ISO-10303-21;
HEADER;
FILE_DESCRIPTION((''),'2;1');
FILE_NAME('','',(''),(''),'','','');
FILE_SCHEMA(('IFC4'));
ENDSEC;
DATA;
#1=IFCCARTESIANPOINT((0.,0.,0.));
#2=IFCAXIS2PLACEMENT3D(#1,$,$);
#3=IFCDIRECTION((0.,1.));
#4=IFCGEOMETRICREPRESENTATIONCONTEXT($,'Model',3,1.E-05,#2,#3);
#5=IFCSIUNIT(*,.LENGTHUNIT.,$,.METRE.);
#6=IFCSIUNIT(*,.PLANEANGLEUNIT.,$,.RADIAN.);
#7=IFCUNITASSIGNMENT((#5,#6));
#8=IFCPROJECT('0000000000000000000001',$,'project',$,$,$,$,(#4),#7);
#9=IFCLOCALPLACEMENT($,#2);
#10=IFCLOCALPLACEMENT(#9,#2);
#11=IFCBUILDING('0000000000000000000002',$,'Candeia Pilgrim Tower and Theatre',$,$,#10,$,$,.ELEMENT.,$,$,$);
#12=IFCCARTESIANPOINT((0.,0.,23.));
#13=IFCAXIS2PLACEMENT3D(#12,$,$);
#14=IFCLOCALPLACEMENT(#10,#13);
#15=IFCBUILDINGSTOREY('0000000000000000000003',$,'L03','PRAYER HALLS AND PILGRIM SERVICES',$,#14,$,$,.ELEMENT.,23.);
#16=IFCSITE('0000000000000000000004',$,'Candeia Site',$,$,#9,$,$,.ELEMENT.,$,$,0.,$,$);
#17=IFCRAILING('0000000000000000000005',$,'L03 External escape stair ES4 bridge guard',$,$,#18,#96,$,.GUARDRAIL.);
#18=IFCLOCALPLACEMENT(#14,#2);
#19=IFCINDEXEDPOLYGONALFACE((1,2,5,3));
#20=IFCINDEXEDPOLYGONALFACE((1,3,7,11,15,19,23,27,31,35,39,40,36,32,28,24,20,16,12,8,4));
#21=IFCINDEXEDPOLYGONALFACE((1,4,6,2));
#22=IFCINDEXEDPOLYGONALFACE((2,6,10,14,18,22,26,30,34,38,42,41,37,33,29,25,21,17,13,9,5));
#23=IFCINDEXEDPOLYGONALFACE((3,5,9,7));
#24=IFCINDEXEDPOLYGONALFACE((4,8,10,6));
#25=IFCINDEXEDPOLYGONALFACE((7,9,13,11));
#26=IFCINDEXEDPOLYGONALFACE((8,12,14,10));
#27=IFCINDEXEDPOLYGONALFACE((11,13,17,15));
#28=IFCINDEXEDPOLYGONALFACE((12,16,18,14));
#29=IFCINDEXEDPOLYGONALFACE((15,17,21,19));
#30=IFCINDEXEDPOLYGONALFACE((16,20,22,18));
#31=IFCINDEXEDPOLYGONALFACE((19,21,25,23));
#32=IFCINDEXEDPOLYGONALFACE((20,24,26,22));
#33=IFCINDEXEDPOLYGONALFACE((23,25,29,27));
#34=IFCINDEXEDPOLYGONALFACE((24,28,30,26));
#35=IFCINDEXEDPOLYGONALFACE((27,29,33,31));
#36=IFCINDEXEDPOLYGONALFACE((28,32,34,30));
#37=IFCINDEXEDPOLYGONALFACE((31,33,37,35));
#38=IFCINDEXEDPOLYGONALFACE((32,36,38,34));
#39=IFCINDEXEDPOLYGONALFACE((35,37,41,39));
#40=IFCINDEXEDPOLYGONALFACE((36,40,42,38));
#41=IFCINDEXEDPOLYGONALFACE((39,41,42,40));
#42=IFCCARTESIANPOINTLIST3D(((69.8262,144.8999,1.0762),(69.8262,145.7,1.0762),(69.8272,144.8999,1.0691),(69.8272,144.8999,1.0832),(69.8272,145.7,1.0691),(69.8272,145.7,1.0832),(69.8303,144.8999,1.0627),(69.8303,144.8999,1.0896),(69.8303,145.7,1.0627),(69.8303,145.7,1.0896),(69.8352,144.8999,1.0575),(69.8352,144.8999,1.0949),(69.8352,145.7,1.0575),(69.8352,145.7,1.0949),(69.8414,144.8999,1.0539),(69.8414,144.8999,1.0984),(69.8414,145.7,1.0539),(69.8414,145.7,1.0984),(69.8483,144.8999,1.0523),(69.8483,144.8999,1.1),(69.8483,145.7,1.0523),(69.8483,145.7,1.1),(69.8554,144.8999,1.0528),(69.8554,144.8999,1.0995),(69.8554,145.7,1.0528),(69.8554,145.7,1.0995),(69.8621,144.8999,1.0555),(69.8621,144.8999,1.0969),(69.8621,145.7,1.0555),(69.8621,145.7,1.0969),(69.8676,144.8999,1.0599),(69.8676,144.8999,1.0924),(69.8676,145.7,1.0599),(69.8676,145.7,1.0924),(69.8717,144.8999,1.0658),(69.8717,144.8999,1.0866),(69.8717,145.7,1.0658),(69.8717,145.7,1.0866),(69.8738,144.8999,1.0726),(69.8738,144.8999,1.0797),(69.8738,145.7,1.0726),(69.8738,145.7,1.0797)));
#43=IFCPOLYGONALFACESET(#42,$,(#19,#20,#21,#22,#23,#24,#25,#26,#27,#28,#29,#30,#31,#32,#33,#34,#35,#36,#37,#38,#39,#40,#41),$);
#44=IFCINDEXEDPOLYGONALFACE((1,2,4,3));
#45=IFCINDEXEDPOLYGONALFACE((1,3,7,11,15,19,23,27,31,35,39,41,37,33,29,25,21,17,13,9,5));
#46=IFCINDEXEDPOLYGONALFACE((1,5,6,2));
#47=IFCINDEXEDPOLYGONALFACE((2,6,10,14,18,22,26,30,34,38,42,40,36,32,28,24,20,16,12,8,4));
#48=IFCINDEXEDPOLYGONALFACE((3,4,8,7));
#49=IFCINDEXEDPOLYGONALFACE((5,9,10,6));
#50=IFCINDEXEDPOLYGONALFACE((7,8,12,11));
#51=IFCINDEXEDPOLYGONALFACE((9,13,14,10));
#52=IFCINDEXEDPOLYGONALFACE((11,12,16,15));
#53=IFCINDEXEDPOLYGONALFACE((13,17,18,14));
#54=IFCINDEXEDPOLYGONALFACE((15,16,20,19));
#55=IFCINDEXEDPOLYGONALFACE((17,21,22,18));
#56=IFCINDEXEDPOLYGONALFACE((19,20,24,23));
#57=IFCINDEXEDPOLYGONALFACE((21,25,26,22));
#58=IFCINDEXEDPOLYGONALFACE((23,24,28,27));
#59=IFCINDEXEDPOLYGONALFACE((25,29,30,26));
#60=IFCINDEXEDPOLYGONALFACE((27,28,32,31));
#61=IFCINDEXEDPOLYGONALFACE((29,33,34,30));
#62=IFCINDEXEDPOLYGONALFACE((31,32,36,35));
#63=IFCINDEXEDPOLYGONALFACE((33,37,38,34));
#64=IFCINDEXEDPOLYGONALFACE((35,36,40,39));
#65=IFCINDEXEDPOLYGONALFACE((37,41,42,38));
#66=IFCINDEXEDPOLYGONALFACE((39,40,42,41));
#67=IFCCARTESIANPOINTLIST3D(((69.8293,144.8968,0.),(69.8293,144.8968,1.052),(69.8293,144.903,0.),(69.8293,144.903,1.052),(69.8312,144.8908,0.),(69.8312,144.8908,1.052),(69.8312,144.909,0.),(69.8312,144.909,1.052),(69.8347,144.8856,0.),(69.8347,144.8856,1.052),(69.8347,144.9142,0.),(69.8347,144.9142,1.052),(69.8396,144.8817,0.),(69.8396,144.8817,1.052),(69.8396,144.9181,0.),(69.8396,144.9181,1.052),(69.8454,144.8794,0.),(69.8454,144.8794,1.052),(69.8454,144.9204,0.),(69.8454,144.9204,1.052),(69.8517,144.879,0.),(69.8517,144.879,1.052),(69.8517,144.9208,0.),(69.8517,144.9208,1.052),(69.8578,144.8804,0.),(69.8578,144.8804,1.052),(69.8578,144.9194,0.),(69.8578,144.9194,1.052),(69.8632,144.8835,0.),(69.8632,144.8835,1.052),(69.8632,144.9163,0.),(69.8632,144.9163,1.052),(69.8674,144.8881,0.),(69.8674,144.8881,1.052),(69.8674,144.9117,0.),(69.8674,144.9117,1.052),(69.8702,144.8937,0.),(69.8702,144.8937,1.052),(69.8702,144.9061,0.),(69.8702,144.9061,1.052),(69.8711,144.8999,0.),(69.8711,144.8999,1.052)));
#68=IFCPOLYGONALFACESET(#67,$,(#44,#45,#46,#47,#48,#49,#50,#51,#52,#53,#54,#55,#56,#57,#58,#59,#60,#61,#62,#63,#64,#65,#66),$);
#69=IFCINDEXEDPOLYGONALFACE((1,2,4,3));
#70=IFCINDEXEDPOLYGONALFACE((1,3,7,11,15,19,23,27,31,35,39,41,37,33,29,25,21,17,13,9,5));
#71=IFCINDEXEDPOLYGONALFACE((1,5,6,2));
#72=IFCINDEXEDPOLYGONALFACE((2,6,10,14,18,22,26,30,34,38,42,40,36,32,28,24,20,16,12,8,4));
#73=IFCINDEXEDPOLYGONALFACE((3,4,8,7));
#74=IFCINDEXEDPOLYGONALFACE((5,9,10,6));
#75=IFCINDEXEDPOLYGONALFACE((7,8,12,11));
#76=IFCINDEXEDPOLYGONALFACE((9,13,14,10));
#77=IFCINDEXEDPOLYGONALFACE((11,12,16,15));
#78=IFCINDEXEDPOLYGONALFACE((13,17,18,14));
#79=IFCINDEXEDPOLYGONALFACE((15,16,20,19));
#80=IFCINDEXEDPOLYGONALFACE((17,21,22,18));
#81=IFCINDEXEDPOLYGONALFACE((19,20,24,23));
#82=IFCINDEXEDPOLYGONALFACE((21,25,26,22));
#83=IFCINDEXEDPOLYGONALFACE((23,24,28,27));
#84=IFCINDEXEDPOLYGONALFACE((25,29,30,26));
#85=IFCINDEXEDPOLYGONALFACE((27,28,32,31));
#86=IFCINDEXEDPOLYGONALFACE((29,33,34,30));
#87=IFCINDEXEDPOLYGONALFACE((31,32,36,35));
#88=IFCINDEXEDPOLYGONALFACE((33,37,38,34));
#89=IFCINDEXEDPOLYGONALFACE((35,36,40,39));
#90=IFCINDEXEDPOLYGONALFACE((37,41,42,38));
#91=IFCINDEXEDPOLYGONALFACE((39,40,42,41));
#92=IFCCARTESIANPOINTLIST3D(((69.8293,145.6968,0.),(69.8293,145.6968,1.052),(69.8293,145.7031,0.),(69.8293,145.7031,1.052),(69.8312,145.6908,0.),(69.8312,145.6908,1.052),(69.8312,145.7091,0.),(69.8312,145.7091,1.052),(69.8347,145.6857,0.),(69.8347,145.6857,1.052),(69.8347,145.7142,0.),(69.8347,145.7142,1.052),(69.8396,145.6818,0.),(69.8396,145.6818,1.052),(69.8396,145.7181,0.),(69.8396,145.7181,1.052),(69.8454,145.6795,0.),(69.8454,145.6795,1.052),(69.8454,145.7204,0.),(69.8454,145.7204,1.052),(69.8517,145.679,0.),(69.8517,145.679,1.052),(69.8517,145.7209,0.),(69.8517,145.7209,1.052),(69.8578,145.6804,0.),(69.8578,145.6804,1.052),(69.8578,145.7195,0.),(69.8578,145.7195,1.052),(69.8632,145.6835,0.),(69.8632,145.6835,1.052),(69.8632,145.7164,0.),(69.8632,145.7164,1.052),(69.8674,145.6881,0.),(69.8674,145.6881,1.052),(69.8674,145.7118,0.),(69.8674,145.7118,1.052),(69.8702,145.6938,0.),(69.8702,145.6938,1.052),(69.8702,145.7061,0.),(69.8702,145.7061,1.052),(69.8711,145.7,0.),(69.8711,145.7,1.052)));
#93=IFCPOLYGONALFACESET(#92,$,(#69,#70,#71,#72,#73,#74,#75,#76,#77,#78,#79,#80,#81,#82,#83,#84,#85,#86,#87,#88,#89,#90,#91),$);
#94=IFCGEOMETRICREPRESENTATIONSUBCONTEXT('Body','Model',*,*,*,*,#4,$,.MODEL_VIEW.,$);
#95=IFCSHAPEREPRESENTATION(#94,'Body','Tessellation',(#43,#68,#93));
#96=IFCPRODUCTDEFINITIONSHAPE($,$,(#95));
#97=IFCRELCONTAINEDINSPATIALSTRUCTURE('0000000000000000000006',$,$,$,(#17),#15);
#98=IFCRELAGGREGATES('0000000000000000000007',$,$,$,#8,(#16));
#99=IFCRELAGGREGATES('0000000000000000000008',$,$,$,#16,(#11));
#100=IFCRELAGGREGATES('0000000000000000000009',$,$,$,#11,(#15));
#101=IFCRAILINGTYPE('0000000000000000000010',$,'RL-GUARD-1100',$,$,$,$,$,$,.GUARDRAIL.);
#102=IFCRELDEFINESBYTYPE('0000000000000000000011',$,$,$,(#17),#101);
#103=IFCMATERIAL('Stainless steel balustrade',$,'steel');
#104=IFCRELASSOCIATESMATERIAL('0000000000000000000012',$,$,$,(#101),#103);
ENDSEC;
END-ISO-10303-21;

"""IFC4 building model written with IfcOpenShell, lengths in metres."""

from ifc_helpers import new_model, si_unit, direction, frame, origin, origin_2d, place, context, subcontext, project, spatial, circle, extrude, material, type_object, element, save


model = new_model("IFC4")

# Units and contexts
model_context = context("Model", 3, precision=1e-05, world=origin(), true_north=direction((0.0, 1.0)))
body_context = subcontext(model_context, "Body", "Model", "MODEL_VIEW")
ifc_project = project(units=[si_unit("LENGTHUNIT", "METRE"), si_unit("PLANEANGLEUNIT", "RADIAN")], contexts=[model_context])

# Site, building, storey
site_placement = place(None, origin())
site = spatial("IfcSite", under=ifc_project, at=site_placement, Name="Candeia Site", CompositionType="ELEMENT", RefElevation=0.0)
building_placement = place(site_placement, origin())
building = spatial("IfcBuilding", under=site, at=building_placement, Name="Candeia Pilgrim Tower and Theatre", CompositionType="ELEMENT")
storey_placement = place(building_placement, frame((0.0, 0.0, 23.0)))
storey = spatial("IfcBuildingStorey", under=building, at=storey_placement, Name="L03", Description="PRAYER HALLS AND PILGRIM SERVICES", CompositionType="ELEMENT", Elevation=23.0)

# Railing
ifc_material_1 = material(Name="Stainless steel balustrade", Category="steel")
railing_type_1 = type_object("IfcRailingType", Name="RL-GUARD-1100", PredefinedType="GUARDRAIL", material=ifc_material_1)
railing_1_placement = place(storey_placement, frame((69.8501, 144.8999, 0.0)))
element("IfcRailing", 1, at=railing_1_placement, inside=storey, type_object=railing_type_1, Name="L03 External escape stair ES4 bridge guard", PredefinedType="GUARDRAIL", context=body_context, shape_type="SweptSolid", body=[
    extrude(circle(Radius=0.0239, at=origin_2d()), frame((0.0, 0.0, 1.0762), z_axis=(0.0, 1.0, 0.0), x_axis=(-1.0, 0.0, 0.0)), (0.0, 0.0, 1.0), 0.8),
    extrude(circle(Radius=0.021, at=origin_2d()), origin(), (0.0, 0.0, 1.0), 1.052),
    extrude(circle(Radius=0.021, at=origin_2d()), frame((0.0, 0.8, 0.0)), (0.0, 0.0, 1.0), 1.052),
])

save(model, "model.ifc")
